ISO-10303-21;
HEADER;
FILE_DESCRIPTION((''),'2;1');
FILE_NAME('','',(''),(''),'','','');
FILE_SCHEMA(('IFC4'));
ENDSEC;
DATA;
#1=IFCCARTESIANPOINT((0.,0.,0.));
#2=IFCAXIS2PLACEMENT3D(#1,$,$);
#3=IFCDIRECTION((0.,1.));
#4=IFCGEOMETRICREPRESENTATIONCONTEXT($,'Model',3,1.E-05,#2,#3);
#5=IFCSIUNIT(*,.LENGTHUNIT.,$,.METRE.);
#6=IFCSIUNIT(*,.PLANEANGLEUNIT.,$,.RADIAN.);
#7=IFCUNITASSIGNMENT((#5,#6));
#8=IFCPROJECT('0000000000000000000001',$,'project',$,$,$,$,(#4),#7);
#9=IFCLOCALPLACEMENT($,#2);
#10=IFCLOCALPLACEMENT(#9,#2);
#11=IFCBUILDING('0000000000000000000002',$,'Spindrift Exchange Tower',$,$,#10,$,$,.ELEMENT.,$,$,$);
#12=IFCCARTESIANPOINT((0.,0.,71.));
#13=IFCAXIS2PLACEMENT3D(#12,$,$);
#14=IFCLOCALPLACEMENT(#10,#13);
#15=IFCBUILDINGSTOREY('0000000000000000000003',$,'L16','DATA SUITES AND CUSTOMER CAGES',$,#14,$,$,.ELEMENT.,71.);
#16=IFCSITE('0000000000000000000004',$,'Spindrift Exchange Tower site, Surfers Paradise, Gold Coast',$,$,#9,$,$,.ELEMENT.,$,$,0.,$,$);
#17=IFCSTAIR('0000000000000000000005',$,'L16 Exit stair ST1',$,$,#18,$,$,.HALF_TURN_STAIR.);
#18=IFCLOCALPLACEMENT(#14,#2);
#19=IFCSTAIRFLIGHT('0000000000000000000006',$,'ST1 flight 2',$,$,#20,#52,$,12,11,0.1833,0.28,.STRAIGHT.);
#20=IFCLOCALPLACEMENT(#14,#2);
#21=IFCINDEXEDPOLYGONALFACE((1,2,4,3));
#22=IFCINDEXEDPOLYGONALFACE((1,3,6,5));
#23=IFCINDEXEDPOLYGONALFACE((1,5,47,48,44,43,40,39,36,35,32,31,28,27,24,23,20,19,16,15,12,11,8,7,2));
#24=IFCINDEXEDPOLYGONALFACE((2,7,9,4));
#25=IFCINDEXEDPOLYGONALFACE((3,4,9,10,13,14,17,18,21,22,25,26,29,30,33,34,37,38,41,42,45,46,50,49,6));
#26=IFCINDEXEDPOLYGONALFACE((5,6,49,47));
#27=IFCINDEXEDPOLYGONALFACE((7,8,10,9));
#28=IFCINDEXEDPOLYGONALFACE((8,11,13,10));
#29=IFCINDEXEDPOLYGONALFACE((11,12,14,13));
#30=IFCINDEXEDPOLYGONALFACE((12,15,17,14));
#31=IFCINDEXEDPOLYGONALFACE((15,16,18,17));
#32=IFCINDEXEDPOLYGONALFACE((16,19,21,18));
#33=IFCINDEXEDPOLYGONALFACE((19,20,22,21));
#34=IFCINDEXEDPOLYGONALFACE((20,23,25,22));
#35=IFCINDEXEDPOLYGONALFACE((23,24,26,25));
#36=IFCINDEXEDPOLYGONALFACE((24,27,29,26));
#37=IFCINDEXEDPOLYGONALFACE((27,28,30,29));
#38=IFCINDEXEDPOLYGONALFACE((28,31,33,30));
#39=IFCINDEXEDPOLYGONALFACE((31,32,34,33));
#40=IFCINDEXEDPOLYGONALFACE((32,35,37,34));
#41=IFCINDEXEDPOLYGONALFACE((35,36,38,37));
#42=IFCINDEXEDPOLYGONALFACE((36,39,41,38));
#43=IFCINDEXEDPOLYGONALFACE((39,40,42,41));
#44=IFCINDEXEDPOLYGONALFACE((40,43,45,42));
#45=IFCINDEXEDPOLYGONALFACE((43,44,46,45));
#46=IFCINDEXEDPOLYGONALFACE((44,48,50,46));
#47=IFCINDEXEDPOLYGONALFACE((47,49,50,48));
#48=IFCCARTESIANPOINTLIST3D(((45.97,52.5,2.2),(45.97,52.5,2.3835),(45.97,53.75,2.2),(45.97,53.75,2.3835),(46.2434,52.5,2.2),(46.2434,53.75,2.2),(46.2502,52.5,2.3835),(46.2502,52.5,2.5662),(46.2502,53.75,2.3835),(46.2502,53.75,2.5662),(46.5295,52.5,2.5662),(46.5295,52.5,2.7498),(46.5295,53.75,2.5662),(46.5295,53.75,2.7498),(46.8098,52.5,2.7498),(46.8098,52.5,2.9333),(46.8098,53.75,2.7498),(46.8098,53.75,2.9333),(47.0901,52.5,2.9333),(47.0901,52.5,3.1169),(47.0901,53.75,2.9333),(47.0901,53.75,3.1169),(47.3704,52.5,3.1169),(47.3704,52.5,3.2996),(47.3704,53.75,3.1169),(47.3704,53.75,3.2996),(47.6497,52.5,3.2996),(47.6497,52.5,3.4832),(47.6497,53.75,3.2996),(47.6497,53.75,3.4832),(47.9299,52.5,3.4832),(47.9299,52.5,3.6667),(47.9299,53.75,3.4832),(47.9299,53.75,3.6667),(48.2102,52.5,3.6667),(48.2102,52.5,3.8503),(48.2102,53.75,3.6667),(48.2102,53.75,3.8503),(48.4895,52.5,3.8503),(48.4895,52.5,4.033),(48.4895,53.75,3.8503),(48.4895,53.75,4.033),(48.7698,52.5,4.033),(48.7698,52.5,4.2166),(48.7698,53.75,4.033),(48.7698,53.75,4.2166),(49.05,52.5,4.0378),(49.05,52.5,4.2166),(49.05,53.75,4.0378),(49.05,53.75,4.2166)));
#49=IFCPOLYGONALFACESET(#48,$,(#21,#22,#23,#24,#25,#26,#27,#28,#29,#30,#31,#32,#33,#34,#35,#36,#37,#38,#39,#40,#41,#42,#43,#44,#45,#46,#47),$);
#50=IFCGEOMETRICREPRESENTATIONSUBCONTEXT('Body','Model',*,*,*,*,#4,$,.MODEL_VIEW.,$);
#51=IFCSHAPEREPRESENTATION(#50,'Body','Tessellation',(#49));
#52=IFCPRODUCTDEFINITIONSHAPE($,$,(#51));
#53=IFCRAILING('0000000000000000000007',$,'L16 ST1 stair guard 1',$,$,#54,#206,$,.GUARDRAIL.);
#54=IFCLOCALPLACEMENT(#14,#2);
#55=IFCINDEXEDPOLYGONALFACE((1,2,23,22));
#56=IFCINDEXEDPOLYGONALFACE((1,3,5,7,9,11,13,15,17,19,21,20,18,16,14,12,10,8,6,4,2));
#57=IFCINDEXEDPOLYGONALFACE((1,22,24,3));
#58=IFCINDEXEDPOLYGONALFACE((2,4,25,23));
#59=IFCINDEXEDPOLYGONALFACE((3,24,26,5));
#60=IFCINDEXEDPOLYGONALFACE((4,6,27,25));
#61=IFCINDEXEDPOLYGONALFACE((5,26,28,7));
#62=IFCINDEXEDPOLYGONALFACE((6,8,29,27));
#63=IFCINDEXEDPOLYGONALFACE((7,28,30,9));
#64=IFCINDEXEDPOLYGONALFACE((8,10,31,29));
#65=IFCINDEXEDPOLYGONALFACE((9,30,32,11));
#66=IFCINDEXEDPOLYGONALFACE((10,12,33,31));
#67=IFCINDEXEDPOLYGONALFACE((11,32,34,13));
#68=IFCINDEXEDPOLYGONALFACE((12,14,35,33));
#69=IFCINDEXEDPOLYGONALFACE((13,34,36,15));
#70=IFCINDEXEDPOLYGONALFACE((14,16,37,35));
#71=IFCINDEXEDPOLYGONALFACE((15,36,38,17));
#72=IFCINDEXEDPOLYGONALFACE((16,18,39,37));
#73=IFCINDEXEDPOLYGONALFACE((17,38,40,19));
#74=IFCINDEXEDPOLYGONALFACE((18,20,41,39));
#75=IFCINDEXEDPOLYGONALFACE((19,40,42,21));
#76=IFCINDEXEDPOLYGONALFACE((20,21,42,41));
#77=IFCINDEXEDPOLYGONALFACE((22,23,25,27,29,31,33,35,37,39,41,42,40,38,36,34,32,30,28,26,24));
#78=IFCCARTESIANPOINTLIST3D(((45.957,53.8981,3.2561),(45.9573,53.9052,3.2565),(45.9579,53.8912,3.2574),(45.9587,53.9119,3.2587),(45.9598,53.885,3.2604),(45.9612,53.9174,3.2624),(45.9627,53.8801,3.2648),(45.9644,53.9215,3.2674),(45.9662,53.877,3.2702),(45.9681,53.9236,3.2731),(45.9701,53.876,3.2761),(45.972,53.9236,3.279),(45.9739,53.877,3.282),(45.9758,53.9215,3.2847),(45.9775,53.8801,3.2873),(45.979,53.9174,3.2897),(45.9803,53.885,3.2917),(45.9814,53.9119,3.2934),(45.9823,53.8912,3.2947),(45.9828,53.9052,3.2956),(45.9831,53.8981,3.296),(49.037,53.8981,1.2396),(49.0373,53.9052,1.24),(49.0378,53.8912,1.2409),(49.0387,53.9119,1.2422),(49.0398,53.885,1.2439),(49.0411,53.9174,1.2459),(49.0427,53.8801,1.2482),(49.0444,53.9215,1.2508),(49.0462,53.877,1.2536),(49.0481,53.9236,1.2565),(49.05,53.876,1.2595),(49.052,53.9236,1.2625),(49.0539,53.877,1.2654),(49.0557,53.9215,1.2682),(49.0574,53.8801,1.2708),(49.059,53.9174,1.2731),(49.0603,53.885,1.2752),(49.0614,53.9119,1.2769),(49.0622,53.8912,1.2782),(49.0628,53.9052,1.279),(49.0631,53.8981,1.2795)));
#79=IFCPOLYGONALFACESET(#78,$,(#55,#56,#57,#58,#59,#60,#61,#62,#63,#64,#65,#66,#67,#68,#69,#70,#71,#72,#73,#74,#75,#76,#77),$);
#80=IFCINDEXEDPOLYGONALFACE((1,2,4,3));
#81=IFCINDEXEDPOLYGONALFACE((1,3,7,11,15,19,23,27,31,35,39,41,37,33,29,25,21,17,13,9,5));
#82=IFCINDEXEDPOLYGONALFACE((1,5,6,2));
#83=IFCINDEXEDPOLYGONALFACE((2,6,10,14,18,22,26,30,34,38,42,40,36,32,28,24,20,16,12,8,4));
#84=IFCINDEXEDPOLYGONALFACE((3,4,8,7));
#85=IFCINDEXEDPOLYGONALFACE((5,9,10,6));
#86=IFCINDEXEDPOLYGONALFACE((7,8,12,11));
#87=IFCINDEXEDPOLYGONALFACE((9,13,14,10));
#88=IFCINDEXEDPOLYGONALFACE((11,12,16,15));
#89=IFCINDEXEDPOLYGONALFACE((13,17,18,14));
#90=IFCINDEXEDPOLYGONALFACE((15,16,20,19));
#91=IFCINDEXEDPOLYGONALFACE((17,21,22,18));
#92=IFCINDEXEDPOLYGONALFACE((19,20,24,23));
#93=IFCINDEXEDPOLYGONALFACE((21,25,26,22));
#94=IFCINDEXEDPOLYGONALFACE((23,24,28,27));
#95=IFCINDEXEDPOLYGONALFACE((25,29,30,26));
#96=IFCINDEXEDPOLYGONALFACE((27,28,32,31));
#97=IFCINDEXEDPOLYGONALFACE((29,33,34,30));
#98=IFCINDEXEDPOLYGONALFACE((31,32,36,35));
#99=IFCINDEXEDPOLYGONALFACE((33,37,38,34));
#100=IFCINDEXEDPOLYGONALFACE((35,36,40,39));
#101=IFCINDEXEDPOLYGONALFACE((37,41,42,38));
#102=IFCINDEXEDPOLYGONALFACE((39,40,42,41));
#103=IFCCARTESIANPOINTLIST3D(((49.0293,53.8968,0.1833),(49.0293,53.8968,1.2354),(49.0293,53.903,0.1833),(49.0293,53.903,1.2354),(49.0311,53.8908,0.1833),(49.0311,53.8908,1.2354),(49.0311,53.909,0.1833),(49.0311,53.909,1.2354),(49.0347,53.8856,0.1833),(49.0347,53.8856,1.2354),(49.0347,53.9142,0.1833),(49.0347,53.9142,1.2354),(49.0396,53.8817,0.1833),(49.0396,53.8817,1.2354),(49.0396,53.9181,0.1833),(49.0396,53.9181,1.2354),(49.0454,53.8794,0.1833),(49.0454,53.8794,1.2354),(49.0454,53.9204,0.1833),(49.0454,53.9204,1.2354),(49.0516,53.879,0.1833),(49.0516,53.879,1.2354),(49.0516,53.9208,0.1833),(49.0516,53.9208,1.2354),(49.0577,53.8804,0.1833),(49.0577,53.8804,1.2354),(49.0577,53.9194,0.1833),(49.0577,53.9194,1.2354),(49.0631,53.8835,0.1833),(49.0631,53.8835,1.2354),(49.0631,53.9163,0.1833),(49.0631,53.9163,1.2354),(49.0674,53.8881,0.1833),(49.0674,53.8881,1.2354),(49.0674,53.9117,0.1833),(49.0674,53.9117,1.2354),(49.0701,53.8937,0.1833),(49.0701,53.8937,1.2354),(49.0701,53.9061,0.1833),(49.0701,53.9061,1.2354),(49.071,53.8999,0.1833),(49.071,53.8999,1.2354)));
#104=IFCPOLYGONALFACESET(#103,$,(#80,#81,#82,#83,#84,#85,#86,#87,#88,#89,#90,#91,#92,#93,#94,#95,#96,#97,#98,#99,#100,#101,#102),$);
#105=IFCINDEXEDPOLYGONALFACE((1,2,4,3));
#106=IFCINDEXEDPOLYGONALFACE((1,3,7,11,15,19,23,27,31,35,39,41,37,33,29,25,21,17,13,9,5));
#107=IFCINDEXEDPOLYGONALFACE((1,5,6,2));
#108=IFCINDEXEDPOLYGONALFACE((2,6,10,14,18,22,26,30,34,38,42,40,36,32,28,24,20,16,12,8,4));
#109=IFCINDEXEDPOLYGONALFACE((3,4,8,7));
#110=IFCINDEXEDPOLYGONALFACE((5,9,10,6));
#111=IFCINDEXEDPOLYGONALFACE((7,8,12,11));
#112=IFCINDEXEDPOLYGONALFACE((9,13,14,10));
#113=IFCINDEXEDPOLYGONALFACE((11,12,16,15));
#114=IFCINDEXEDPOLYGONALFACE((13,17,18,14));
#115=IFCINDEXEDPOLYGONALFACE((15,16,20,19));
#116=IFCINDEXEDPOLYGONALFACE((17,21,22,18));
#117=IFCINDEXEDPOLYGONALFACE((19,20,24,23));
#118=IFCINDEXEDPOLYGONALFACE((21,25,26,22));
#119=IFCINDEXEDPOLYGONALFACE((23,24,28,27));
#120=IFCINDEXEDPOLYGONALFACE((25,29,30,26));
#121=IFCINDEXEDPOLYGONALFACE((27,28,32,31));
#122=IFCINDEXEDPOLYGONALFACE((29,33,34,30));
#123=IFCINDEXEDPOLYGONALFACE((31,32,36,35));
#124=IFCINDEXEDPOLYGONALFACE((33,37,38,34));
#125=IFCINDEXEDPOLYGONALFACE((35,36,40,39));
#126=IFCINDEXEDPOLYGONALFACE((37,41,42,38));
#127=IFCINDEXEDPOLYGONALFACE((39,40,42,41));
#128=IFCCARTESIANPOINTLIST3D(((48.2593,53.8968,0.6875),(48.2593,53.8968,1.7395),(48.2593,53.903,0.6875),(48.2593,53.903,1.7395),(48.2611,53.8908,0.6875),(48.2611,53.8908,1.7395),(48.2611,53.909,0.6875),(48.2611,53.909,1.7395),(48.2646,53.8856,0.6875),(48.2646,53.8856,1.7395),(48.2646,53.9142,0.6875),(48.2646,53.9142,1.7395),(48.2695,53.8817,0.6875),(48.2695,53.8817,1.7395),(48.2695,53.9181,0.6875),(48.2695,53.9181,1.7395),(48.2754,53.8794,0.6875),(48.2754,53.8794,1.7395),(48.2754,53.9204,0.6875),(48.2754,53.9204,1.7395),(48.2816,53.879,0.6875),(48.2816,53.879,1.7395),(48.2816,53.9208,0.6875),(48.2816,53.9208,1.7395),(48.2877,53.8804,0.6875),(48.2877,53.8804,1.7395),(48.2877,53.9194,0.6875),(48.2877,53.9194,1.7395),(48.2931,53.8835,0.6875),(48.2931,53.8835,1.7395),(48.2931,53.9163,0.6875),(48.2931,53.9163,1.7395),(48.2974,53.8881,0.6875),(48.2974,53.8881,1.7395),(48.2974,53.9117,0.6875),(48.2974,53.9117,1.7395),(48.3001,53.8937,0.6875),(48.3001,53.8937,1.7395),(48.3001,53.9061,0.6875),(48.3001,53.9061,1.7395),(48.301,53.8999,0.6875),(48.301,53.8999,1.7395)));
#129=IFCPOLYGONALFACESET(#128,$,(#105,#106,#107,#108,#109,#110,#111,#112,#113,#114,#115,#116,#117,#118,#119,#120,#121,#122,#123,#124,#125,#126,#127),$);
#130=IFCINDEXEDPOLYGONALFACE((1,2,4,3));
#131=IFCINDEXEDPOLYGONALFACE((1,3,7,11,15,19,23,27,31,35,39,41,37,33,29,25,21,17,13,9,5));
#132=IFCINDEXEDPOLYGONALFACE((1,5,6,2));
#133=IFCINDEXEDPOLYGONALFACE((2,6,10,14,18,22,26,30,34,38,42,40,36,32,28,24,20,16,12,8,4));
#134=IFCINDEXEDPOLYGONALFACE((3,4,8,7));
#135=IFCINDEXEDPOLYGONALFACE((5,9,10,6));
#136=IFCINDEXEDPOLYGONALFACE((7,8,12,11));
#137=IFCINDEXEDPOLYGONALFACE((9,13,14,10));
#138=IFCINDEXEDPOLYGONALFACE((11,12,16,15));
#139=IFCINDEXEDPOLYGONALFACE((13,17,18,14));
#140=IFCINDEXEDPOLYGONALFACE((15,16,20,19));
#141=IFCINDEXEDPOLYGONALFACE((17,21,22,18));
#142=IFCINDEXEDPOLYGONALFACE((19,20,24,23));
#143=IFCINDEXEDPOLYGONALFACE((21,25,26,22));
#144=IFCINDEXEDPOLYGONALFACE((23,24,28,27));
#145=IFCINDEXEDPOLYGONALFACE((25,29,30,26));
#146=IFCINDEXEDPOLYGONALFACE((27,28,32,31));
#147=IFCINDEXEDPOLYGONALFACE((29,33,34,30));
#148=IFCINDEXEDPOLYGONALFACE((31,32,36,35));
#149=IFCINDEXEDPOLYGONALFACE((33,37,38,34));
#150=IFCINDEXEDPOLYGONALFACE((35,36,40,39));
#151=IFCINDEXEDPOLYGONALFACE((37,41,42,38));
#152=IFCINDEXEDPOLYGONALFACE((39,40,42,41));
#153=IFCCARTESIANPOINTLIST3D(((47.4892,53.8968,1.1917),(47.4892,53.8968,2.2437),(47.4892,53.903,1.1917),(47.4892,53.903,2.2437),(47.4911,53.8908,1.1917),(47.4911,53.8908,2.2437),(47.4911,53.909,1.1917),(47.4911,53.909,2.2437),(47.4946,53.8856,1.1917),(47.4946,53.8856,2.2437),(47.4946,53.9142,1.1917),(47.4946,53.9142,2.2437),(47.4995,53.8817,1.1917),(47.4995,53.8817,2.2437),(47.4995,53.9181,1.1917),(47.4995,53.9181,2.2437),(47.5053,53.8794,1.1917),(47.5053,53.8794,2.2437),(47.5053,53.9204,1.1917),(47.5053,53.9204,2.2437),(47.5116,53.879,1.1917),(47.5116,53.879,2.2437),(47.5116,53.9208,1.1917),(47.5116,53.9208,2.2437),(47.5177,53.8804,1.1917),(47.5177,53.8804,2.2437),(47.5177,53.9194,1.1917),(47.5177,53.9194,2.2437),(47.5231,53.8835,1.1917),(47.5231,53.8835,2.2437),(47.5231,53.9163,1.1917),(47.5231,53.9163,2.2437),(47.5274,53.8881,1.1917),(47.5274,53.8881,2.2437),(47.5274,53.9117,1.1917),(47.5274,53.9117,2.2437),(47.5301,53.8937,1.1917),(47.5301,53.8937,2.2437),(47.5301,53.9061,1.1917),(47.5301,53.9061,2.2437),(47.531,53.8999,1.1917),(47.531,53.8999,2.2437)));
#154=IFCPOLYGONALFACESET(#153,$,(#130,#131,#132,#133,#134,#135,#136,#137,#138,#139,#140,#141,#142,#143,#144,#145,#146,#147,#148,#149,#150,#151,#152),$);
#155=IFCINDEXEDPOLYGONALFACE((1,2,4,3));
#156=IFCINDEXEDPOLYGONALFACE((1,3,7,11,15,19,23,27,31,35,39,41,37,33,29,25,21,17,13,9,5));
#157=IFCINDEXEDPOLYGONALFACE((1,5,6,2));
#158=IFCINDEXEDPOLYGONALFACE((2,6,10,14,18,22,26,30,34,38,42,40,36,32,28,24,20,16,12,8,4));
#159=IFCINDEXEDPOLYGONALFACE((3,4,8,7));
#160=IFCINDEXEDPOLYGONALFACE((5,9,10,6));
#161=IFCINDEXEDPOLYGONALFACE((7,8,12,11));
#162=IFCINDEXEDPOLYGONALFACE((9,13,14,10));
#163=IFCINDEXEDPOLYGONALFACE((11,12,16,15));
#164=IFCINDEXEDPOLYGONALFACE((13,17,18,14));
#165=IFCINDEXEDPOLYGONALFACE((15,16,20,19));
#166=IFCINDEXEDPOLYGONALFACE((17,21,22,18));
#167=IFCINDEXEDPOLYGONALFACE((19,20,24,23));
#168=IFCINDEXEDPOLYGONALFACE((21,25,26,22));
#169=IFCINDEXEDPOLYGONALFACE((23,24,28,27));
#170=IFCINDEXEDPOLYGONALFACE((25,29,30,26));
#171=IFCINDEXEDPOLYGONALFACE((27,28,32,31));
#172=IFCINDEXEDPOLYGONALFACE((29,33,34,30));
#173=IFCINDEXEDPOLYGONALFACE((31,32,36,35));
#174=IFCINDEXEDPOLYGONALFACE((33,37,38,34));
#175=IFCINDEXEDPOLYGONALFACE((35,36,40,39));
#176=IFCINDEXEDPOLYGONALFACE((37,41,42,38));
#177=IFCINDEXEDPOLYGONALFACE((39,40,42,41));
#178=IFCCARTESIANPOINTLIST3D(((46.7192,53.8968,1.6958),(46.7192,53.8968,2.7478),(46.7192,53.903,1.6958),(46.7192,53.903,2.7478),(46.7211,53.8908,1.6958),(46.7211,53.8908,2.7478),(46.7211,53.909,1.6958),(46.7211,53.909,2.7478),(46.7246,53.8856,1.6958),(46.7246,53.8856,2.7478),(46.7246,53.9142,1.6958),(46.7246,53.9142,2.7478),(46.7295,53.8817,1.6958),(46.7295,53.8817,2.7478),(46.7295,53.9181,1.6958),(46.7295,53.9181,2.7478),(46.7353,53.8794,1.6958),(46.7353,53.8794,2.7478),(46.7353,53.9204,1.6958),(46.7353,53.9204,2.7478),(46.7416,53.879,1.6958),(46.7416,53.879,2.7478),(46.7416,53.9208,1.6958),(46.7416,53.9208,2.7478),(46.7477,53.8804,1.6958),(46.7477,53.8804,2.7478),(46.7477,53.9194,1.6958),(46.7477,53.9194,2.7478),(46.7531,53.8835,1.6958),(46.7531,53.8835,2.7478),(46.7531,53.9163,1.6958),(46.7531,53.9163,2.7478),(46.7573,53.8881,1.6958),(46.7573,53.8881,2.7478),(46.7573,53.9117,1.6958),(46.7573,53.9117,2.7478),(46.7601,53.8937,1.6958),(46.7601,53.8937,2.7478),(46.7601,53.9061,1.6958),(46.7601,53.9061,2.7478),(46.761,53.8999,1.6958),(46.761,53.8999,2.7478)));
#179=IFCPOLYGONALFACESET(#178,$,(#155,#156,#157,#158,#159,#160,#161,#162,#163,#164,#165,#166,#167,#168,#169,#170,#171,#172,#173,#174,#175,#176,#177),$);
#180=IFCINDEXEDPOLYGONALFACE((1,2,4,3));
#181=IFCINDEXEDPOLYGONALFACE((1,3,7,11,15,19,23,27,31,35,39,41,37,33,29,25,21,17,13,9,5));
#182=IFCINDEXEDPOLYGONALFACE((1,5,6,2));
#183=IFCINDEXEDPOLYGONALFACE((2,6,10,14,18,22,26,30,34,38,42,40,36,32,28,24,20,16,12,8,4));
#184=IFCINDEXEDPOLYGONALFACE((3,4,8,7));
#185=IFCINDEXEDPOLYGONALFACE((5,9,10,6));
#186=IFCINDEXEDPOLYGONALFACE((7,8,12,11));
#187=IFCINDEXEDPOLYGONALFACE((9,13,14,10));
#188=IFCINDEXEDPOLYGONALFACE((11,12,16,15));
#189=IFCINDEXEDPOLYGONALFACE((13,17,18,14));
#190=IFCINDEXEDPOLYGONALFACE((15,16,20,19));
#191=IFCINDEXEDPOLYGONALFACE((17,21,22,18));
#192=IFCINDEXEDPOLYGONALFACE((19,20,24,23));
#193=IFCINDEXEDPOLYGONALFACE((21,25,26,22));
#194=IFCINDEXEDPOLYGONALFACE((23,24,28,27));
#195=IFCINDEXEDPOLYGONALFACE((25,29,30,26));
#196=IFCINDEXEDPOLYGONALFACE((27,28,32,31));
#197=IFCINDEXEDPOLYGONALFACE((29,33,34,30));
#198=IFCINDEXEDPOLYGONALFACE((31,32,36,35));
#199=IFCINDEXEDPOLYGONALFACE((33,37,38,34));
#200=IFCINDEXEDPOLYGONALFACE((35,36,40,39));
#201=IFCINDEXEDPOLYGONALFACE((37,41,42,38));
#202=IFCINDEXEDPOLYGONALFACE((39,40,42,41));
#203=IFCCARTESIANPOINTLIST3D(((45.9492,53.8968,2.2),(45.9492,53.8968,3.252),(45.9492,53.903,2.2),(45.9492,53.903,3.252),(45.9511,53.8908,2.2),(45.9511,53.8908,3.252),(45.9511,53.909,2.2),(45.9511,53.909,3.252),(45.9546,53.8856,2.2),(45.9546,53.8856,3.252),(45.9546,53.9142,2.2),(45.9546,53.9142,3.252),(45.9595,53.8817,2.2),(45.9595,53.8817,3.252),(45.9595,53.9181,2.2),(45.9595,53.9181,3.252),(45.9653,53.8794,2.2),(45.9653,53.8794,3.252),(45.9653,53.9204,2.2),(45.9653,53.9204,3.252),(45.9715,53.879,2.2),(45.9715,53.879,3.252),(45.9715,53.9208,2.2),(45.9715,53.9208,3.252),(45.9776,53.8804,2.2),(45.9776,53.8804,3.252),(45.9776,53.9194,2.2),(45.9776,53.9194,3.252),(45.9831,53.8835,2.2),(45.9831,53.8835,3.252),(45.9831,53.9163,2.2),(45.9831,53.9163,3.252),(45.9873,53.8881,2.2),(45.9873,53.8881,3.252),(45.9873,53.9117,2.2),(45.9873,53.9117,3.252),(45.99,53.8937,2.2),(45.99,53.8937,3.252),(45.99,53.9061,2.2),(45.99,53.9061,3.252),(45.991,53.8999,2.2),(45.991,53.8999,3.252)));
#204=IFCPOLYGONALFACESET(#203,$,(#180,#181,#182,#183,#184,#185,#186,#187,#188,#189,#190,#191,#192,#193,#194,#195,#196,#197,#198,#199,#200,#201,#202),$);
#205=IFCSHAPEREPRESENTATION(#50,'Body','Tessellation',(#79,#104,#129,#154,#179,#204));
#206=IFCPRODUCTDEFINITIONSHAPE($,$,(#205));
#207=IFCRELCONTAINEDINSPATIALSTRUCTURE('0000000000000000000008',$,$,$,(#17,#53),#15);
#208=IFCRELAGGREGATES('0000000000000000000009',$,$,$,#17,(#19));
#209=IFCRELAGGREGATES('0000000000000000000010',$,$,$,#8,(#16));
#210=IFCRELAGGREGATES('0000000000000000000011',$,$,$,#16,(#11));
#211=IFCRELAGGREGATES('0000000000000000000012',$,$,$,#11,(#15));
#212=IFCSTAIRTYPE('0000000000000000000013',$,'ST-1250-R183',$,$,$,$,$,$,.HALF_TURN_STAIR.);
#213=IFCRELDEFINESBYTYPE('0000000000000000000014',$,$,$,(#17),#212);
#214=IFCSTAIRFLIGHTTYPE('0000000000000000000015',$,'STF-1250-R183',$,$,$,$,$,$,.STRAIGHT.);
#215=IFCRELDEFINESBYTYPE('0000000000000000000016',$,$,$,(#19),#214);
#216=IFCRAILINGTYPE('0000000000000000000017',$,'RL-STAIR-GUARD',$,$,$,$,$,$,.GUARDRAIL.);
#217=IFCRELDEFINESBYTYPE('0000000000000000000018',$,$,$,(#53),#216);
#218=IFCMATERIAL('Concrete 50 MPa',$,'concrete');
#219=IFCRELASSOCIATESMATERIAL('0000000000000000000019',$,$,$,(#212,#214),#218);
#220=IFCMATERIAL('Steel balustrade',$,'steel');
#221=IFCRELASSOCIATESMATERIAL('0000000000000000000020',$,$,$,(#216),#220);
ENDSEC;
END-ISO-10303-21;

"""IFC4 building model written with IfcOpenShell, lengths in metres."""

from ifc_helpers import new_model, si_unit, direction, frame, origin, origin_2d, place, context, subcontext, project, spatial, line, indexed_curve, circle, outline, extrude, material, type_object, element, aggregate, save


model = new_model("IFC4")

# Units and contexts
model_context = context("Model", 3, precision=1e-05, world=origin(), true_north=direction((0.0, 1.0)))
body_context = subcontext(model_context, "Body", "Model", "MODEL_VIEW")
ifc_project = project(units=[si_unit("LENGTHUNIT", "METRE"), si_unit("PLANEANGLEUNIT", "RADIAN")], contexts=[model_context])

# Site, building, storey
site_placement = place(None, origin())
site = spatial("IfcSite", under=ifc_project, at=site_placement, Name="Spindrift Exchange Tower site, Surfers Paradise, Gold Coast", CompositionType="ELEMENT", RefElevation=0.0)
building_placement = place(site_placement, origin())
building = spatial("IfcBuilding", under=site, at=building_placement, Name="Spindrift Exchange Tower", CompositionType="ELEMENT")
storey_placement = place(building_placement, frame((0.0, 0.0, 71.0)))
storey = spatial("IfcBuildingStorey", under=building, at=storey_placement, Name="L16", Description="DATA SUITES AND CUSTOMER CAGES", CompositionType="ELEMENT", Elevation=71.0)

# Stair, stair flight
ifc_material_1 = material(Name="Concrete 50 MPa", Category="concrete")
stair_type = type_object("IfcStairType", Name="ST-1250-R183", PredefinedType="HALF_TURN_STAIR", material=ifc_material_1)
stair_placement = place(storey_placement, origin())
stair = element("IfcStair", 1, at=stair_placement, inside=storey, type_object=stair_type, Name="L16 Exit stair ST1", PredefinedType="HALF_TURN_STAIR")
stair_flight_type = type_object("IfcStairFlightType", Name="STF-1250-R183", PredefinedType="STRAIGHT", material=ifc_material_1)
stair_flight_1_placement = place(storey_placement, frame((45.97, 53.125, 2.2), z_axis=(0.0, 0.0, 1.0), x_axis=(1.0, 0.0, 0.0)))
stair_flight_1 = element("IfcStairFlight", 2, at=stair_flight_1_placement, type_object=stair_flight_type, Name="ST1 flight 2", NumberOfRisers=12, NumberOfTreads=11, PredefinedType="STRAIGHT", RiserHeight=0.1833, TreadLength=0.28, context=body_context, shape_type="SweptSolid", body=[
    extrude(outline(indexed_curve([(0.0, 0.0), (0.0, 0.1836), (0.2803, 0.1836), (0.2803, 0.3662), (0.5596, 0.3662), (0.5596, 0.5498), (0.8398, 0.5498), (0.8398, 0.7334), (1.1201, 0.7334), (1.1201, 0.917), (1.4004, 0.917), (1.4004, 1.0996), (1.6797, 1.0996), (1.6797, 1.2832), (1.96, 1.2832), (1.96, 1.4668), (2.2402, 1.4668), (2.2402, 1.6504), (2.5195, 1.6504), (2.5195, 1.833), (2.7998, 1.833), (2.7998, 2.0166), (3.0801, 2.0166), (3.0801, 2.2002), (3.0801, 1.8379), (0.2734, 0.0)], segments=[line(1, 2, 3, 4, 5, 6, 7, 8, 9, 10, 11, 12, 13, 14, 15, 16, 17, 18, 19, 20, 21, 22, 23, 24, 25, 26, 1)], self_intersect=False)), frame((0.0, 0.625, 0.0), z_axis=(0.0, -1.0, 0.0), x_axis=(1.0, 0.0, 0.0)), (0.0, 0.0, 1.0), 1.25),
])
aggregate(stair, [stair_flight_1])

# Railing
ifc_material_2 = material(Name="Steel balustrade", Category="steel")
railing_type_1 = type_object("IfcRailingType", Name="RL-STAIR-GUARD", PredefinedType="GUARDRAIL", material=ifc_material_2)
railing_1_placement = place(storey_placement, frame((49.05, 53.8999, 0.1833)))
element("IfcRailing", 3, at=railing_1_placement, inside=storey, type_object=railing_type_1, Name="L16 ST1 stair guard 1", PredefinedType="GUARDRAIL", context=body_context, shape_type="SweptSolid", body=[
    extrude(circle(Radius=0.0239, at=origin_2d()), frame((0.0, 0.0, 1.0762), z_axis=(-0.836633, 0.0, 0.547764), x_axis=(0.0, -1.0, 0.0)), (0.0, 0.0, 1.0), 3.6814),
    extrude(circle(Radius=0.021, at=origin_2d()), origin(), (0.0, 0.0, 1.0), 1.052),
    extrude(circle(Radius=0.021, at=origin_2d()), frame((-0.77, 0.0, 0.5042)), (0.0, 0.0, 1.0), 1.052),
    extrude(circle(Radius=0.021, at=origin_2d()), frame((-1.54, 0.0, 1.0083)), (0.0, 0.0, 1.0), 1.052),
    extrude(circle(Radius=0.021, at=origin_2d()), frame((-2.3101, 0.0, 1.5125)), (0.0, 0.0, 1.0), 1.052),
    extrude(circle(Radius=0.021, at=origin_2d()), frame((-3.0801, 0.0, 2.0166)), (0.0, 0.0, 1.0), 1.052),
])

save(model, "model.ifc")
